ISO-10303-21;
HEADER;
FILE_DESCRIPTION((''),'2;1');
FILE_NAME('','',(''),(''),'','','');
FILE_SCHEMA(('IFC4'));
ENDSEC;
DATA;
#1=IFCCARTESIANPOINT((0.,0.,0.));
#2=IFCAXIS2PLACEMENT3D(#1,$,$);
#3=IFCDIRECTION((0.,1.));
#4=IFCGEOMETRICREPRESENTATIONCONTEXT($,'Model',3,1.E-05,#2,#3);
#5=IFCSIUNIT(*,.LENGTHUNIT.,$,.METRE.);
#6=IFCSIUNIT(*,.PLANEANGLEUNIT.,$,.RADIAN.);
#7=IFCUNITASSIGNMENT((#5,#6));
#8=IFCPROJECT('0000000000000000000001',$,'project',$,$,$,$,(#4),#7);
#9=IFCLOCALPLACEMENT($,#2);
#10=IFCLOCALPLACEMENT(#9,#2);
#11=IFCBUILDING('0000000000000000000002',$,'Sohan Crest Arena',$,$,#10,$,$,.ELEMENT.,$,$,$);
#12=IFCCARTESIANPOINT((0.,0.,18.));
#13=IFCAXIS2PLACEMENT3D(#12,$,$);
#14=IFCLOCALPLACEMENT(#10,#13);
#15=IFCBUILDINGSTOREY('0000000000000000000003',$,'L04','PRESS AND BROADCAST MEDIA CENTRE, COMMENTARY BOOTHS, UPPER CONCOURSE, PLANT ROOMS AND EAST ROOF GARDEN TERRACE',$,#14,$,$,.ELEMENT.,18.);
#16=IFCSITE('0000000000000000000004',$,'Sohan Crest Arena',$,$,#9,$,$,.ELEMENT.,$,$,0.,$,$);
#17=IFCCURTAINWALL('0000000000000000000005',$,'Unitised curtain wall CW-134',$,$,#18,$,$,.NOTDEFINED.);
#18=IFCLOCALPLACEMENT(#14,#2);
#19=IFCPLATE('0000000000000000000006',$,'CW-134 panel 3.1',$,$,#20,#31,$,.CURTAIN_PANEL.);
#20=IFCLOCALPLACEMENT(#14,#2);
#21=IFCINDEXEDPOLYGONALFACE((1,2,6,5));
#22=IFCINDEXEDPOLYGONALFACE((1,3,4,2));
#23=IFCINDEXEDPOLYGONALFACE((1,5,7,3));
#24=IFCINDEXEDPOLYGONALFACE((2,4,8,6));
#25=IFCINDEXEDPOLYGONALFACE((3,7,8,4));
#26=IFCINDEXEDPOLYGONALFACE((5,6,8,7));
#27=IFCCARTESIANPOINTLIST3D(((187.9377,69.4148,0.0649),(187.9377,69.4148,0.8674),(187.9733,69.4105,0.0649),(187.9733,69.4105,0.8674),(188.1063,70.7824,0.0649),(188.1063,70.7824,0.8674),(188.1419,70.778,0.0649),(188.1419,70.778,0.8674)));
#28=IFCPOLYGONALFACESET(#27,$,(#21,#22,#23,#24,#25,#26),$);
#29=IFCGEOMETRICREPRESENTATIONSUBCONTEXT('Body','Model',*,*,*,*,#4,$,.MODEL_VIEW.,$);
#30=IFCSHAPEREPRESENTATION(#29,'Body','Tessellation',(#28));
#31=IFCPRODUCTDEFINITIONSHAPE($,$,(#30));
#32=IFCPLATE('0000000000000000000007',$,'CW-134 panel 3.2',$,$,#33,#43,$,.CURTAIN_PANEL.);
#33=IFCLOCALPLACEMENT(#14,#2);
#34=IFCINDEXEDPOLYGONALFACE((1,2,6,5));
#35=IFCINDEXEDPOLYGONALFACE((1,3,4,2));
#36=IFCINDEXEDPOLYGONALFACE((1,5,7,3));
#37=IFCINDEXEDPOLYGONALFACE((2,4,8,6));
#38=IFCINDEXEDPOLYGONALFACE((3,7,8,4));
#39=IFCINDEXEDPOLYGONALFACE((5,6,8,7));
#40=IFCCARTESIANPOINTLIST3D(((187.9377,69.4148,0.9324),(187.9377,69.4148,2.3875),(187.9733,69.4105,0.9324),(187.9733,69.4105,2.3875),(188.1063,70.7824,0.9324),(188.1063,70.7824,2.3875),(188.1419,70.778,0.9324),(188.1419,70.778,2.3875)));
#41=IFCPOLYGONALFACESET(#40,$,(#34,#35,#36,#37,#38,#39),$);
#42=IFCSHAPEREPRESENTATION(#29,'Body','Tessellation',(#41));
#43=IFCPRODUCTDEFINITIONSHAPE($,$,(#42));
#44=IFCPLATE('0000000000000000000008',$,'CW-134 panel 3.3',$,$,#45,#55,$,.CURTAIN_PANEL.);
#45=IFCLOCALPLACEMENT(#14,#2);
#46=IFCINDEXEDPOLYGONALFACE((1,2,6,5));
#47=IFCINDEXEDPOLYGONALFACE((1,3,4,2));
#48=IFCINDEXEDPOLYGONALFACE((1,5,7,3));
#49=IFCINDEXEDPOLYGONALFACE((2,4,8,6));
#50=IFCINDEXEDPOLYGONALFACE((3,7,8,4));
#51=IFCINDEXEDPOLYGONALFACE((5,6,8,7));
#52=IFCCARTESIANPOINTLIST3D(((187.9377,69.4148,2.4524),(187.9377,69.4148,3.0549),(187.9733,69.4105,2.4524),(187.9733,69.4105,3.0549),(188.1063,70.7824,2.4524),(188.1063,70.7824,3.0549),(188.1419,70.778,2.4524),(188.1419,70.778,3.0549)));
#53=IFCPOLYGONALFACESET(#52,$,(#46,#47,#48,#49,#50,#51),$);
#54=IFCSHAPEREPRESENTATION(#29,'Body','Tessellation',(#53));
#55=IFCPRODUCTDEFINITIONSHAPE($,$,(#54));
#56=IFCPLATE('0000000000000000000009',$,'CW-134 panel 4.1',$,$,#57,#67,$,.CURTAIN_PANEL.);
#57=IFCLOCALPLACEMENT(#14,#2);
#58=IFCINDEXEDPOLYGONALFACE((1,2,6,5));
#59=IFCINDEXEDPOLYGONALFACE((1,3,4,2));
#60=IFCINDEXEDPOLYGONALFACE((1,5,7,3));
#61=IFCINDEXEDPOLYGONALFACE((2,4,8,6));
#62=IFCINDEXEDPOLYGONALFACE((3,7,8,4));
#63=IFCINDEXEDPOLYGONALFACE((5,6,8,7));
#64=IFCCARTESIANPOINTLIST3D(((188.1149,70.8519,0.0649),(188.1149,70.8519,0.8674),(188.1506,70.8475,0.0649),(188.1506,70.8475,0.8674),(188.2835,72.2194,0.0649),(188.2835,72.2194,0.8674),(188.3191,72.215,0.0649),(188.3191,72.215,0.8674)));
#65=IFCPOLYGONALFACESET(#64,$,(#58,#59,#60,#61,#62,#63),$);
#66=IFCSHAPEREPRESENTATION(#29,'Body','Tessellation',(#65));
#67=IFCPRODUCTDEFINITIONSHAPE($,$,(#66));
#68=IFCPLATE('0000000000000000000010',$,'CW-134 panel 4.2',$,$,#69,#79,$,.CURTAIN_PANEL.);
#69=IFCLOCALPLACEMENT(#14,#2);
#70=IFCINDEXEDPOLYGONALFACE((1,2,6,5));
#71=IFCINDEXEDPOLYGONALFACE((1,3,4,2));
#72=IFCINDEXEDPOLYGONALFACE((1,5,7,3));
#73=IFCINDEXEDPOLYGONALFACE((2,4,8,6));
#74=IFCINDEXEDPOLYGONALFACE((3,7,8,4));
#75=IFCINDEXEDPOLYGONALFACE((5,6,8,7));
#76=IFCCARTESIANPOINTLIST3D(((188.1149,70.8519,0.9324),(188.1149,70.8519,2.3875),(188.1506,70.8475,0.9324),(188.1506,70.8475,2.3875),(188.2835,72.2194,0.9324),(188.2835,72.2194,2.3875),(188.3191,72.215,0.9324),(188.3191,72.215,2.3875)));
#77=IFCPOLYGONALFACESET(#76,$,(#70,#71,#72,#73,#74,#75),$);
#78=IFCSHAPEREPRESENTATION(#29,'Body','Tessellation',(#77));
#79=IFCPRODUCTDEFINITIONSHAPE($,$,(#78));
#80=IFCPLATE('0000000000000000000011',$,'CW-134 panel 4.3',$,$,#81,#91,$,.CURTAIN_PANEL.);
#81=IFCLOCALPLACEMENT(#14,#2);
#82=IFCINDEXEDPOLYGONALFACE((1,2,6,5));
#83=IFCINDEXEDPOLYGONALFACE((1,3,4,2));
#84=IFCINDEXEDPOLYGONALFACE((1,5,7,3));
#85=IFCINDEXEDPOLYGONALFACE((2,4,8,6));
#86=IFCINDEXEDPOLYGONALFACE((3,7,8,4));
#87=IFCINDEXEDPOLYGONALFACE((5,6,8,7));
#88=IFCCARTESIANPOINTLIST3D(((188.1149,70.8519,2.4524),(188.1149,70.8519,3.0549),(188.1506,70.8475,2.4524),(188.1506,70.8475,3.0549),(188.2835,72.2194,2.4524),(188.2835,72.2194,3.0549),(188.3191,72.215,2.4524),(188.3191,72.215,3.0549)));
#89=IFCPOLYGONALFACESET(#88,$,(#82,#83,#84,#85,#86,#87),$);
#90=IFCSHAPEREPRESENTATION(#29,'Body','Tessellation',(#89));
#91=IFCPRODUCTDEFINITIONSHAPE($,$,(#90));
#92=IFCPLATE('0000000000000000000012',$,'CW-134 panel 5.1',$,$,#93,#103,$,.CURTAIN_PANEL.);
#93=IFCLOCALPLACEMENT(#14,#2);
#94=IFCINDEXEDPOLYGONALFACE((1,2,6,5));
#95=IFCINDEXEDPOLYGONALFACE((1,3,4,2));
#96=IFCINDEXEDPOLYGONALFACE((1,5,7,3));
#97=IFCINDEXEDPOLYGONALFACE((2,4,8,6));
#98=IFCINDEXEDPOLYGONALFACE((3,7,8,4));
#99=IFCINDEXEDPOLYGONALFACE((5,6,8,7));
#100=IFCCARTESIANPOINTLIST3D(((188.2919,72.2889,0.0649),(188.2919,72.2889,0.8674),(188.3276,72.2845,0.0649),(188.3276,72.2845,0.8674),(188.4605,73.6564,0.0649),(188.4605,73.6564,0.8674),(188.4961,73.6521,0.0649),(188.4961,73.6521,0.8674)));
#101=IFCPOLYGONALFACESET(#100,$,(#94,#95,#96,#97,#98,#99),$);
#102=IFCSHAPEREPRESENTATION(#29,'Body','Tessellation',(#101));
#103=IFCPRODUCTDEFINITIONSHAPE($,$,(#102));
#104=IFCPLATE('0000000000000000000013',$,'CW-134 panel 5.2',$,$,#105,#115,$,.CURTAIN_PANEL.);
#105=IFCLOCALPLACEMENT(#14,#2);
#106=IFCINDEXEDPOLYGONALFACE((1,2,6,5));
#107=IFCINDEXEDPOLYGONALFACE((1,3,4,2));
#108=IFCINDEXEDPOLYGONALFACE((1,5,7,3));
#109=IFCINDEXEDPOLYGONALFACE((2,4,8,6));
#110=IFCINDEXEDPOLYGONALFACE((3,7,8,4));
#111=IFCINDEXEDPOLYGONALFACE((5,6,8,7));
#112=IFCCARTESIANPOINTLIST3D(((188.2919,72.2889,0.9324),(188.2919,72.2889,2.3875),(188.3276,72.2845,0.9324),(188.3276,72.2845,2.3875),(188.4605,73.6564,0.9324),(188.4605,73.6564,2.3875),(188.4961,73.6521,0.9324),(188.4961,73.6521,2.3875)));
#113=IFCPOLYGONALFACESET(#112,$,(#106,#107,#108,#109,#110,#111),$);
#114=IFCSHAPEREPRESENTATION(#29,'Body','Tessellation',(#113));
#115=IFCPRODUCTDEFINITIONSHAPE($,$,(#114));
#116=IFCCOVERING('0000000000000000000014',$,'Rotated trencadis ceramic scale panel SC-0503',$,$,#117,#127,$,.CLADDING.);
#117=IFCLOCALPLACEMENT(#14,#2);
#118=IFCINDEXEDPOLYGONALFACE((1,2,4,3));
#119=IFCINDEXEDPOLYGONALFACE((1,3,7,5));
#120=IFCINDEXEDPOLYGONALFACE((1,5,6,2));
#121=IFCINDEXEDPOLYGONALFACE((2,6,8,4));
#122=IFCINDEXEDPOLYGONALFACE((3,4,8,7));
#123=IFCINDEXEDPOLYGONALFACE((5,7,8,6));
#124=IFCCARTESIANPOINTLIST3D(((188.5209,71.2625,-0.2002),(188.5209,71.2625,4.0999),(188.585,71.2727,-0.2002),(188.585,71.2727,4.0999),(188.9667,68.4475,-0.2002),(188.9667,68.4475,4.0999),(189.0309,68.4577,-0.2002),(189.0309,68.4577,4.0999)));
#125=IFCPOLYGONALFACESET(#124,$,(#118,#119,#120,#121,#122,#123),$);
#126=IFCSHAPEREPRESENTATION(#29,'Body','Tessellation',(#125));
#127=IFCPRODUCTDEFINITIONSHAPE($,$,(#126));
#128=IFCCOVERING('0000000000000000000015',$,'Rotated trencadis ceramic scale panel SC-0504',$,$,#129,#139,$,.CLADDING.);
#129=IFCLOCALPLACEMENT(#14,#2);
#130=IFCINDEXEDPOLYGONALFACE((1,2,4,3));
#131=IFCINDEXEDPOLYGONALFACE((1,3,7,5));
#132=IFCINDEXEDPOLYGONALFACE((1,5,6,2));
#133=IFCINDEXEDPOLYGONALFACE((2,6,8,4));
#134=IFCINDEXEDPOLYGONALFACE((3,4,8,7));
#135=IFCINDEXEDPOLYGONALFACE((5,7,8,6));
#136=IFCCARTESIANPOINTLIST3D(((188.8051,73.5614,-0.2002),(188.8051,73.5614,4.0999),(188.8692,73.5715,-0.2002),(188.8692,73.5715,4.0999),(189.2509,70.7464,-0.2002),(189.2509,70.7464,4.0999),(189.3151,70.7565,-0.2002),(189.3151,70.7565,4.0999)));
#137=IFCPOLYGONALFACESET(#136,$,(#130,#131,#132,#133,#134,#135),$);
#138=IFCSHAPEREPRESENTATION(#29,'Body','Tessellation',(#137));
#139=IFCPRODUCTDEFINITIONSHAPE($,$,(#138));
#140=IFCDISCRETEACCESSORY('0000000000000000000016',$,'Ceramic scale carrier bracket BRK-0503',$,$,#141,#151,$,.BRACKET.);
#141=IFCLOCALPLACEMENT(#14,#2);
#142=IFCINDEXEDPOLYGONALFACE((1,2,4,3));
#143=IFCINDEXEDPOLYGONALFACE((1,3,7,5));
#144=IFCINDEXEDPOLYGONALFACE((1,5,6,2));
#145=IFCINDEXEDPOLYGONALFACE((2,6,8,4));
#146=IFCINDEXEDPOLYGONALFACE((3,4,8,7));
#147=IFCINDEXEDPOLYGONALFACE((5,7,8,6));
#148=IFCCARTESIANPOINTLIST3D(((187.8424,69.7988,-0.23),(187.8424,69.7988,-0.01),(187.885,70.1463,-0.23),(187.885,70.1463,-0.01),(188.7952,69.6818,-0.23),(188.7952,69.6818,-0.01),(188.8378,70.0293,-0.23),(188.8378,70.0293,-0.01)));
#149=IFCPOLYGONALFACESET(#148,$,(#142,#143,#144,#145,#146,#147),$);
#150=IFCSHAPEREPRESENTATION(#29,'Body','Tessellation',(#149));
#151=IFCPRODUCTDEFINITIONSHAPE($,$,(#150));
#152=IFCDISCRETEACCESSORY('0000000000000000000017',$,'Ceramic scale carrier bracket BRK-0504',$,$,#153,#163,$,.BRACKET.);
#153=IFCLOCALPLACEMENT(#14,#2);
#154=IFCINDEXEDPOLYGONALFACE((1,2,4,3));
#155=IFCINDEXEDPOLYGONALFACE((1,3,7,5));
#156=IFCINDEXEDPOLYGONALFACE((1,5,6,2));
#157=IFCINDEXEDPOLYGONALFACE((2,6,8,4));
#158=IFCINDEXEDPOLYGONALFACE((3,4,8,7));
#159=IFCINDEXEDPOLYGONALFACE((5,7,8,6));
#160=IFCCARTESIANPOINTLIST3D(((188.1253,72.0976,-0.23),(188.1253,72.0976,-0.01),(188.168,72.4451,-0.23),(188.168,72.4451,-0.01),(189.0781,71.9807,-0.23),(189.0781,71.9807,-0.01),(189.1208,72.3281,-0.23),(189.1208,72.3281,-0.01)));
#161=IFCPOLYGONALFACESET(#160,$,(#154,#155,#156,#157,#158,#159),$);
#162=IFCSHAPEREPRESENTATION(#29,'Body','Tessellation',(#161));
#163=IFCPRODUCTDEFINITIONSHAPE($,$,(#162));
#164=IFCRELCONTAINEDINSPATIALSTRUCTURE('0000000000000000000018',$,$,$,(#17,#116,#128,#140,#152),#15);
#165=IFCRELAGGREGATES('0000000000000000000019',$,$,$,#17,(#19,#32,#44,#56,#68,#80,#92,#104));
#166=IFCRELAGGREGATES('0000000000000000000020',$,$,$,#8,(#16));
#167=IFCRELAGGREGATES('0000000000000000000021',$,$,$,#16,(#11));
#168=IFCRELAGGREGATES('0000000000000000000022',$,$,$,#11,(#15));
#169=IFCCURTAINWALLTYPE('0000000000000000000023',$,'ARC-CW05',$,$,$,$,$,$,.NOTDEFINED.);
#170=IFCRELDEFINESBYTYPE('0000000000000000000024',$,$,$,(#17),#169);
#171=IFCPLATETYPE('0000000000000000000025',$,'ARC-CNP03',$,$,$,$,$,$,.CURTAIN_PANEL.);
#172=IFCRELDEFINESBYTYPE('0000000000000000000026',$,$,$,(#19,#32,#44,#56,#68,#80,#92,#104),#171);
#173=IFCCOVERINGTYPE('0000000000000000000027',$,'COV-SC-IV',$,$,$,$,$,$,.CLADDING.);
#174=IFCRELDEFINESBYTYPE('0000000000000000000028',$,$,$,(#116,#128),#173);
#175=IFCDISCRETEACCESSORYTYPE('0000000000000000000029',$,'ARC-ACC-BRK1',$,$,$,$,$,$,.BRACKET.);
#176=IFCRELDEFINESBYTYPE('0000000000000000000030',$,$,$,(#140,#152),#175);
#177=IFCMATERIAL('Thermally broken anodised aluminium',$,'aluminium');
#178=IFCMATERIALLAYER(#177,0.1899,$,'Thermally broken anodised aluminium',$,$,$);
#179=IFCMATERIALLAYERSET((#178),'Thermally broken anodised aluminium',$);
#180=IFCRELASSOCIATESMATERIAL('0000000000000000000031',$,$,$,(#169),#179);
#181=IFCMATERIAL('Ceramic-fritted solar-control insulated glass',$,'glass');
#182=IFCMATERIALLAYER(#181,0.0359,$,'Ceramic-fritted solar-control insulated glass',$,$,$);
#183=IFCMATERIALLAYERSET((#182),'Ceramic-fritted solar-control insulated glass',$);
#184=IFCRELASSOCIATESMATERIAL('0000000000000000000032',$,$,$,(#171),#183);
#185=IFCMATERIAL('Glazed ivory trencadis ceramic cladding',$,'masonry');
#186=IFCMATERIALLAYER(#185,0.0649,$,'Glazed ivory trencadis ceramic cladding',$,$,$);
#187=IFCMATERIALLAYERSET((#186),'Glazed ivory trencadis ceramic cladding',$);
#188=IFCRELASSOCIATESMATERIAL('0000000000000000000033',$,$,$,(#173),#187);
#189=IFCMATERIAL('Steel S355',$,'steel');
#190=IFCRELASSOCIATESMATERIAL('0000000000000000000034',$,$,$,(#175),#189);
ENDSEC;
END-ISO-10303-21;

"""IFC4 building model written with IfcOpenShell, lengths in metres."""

from ifc_helpers import new_model, si_unit, direction, frame, origin, origin_2d, place, context, subcontext, project, spatial, rectangle, extrude, material, layer, layer_set, type_object, element, aggregate, save


model = new_model("IFC4")

# Units and contexts
model_context = context("Model", 3, precision=1e-05, world=origin(), true_north=direction((0.0, 1.0)))
body_context = subcontext(model_context, "Body", "Model", "MODEL_VIEW")
ifc_project = project(units=[si_unit("LENGTHUNIT", "METRE"), si_unit("PLANEANGLEUNIT", "RADIAN")], contexts=[model_context])

# Site, building, storey
site_placement = place(None, origin())
site = spatial("IfcSite", under=ifc_project, at=site_placement, Name="Sohan Crest Arena", CompositionType="ELEMENT", RefElevation=0.0)
building_placement = place(site_placement, origin())
building = spatial("IfcBuilding", under=site, at=building_placement, Name="Sohan Crest Arena", CompositionType="ELEMENT")
storey_placement = place(building_placement, frame((0.0, 0.0, 18.0)))
storey = spatial("IfcBuildingStorey", under=building, at=storey_placement, Name="L04", Description="PRESS AND BROADCAST MEDIA CENTRE, COMMENTARY BOOTHS, UPPER CONCOURSE, PLANT ROOMS AND EAST ROOF GARDEN TERRACE", CompositionType="ELEMENT", Elevation=18.0)

# Curtain wall, plates
ifc_material_1 = material(Name="Thermally broken anodised aluminium", Category="aluminium")
ifc_layer_1 = layer(ifc_material_1, 0.1899, Name="Thermally broken anodised aluminium")
ifc_layer_set_1 = layer_set([ifc_layer_1], Name="Thermally broken anodised aluminium")
curtain_wall_type = type_object("IfcCurtainWallType", Name="ARC-CW05", PredefinedType="NOTDEFINED", material=ifc_layer_set_1)
curtain_wall_placement = place(storey_placement, origin())
curtain_wall = element("IfcCurtainWall", 1, at=curtain_wall_placement, inside=storey, type_object=curtain_wall_type, Name="Unitised curtain wall CW-134", PredefinedType="NOTDEFINED")
ifc_material_2 = material(Name="Ceramic-fritted solar-control insulated glass", Category="glass")
ifc_layer_2 = layer(ifc_material_2, 0.0359, Name="Ceramic-fritted solar-control insulated glass")
ifc_layer_set_2 = layer_set([ifc_layer_2], Name="Ceramic-fritted solar-control insulated glass")
plate_type = type_object("IfcPlateType", Name="ARC-CNP03", PredefinedType="CURTAIN_PANEL", material=ifc_layer_set_2)
plate_1_placement = place(storey_placement, frame((188.0398, 70.0964, 0.0649), z_axis=(0.0, 0.0, 1.0), x_axis=(0.122334, 0.992489, 0.0)))
plate_1 = element("IfcPlate", 2, at=plate_1_placement, type_object=plate_type, Name="CW-134 panel 3.1", PredefinedType="CURTAIN_PANEL", context=body_context, shape_type="SweptSolid", body=[
    extrude(rectangle(XDim=1.3779, YDim=0.0359, at=origin_2d()), origin(), (0.0, 0.0, 1.0), 0.8025),
])
plate_2_placement = place(storey_placement, frame((188.0398, 70.0964, 0.9324), z_axis=(0.0, 0.0, 1.0), x_axis=(0.122334, 0.992489, 0.0)))
plate_2 = element("IfcPlate", 3, at=plate_2_placement, type_object=plate_type, Name="CW-134 panel 3.2", PredefinedType="CURTAIN_PANEL", context=body_context, shape_type="SweptSolid", body=[
    extrude(rectangle(XDim=1.3779, YDim=0.0359, at=origin_2d()), origin(), (0.0, 0.0, 1.0), 1.4551),
])
plate_3_placement = place(storey_placement, frame((188.0398, 70.0964, 2.4524), z_axis=(0.0, 0.0, 1.0), x_axis=(0.122334, 0.992489, 0.0)))
plate_3 = element("IfcPlate", 4, at=plate_3_placement, type_object=plate_type, Name="CW-134 panel 3.3", PredefinedType="CURTAIN_PANEL", context=body_context, shape_type="SweptSolid", body=[
    extrude(rectangle(XDim=1.3779, YDim=0.0359, at=origin_2d()), origin(), (0.0, 0.0, 1.0), 0.6025),
])
plate_4_placement = place(storey_placement, frame((188.217, 71.5334, 0.0649), z_axis=(0.0, 0.0, 1.0), x_axis=(0.122334, 0.992489, 0.0)))
plate_4 = element("IfcPlate", 5, at=plate_4_placement, type_object=plate_type, Name="CW-134 panel 4.1", PredefinedType="CURTAIN_PANEL", context=body_context, shape_type="SweptSolid", body=[
    extrude(rectangle(XDim=1.3779, YDim=0.0359, at=origin_2d()), origin(), (0.0, 0.0, 1.0), 0.8025),
])
plate_5_placement = place(storey_placement, frame((188.217, 71.5334, 0.9324), z_axis=(0.0, 0.0, 1.0), x_axis=(0.122334, 0.992489, 0.0)))
plate_5 = element("IfcPlate", 6, at=plate_5_placement, type_object=plate_type, Name="CW-134 panel 4.2", PredefinedType="CURTAIN_PANEL", context=body_context, shape_type="SweptSolid", body=[
    extrude(rectangle(XDim=1.3779, YDim=0.0359, at=origin_2d()), origin(), (0.0, 0.0, 1.0), 1.4551),
])
plate_6_placement = place(storey_placement, frame((188.217, 71.5334, 2.4524), z_axis=(0.0, 0.0, 1.0), x_axis=(0.122334, 0.992489, 0.0)))
plate_6 = element("IfcPlate", 7, at=plate_6_placement, type_object=plate_type, Name="CW-134 panel 4.3", PredefinedType="CURTAIN_PANEL", context=body_context, shape_type="SweptSolid", body=[
    extrude(rectangle(XDim=1.3779, YDim=0.0359, at=origin_2d()), origin(), (0.0, 0.0, 1.0), 0.6025),
])
plate_7_placement = place(storey_placement, frame((188.394, 72.9705, 0.0649), z_axis=(0.0, 0.0, 1.0), x_axis=(0.122334, 0.992489, 0.0)))
plate_7 = element("IfcPlate", 8, at=plate_7_placement, type_object=plate_type, Name="CW-134 panel 5.1", PredefinedType="CURTAIN_PANEL", context=body_context, shape_type="SweptSolid", body=[
    extrude(rectangle(XDim=1.3779, YDim=0.0359, at=origin_2d()), origin(), (0.0, 0.0, 1.0), 0.8025),
])
plate_8_placement = place(storey_placement, frame((188.394, 72.9705, 0.9324), z_axis=(0.0, 0.0, 1.0), x_axis=(0.122334, 0.992489, 0.0)))
plate_8 = element("IfcPlate", 9, at=plate_8_placement, type_object=plate_type, Name="CW-134 panel 5.2", PredefinedType="CURTAIN_PANEL", context=body_context, shape_type="SweptSolid", body=[
    extrude(rectangle(XDim=1.3779, YDim=0.0359, at=origin_2d()), origin(), (0.0, 0.0, 1.0), 1.4551),
])
aggregate(curtain_wall, [plate_1, plate_2, plate_3, plate_4, plate_5, plate_6, plate_7, plate_8])

# Coverings
ifc_material_3 = material(Name="Glazed ivory trencadis ceramic cladding", Category="masonry")
ifc_layer_3 = layer(ifc_material_3, 0.0649, Name="Glazed ivory trencadis ceramic cladding")
ifc_layer_set_3 = layer_set([ifc_layer_3], Name="Glazed ivory trencadis ceramic cladding")
covering_type = type_object("IfcCoveringType", Name="COV-SC-IV", PredefinedType="CLADDING", material=ifc_layer_set_3)
for number, where, z_axis, x_axis, name in (
    (10, (188.7759, 69.8601, -0.2002), (0.0, 0.0, 1.0), (-0.156434, 0.987688, 0.0), "Rotated trencadis ceramic scale panel SC-0503"),
    (11, (189.0601, 72.1589, -0.2002), (0.0, 0.0, 1.0), (-0.156434, 0.987688, 0.0), "Rotated trencadis ceramic scale panel SC-0504"),
):
    element("IfcCovering", number, at=place(storey_placement, frame(where, z_axis=z_axis, x_axis=x_axis)), inside=storey, type_object=covering_type, Name=name, PredefinedType="CLADDING", context=body_context, shape_type="SweptSolid", body=[
        extrude(rectangle(XDim=2.8501, YDim=0.0649, at=origin_2d()), origin(), (0.0, 0.0, 1.0), 4.3),
    ])

# Discrete accessories
ifc_material_4 = material(Name="Steel S355", Category="steel")
discrete_accessory_type = type_object("IfcDiscreteAccessoryType", Name="ARC-ACC-BRK1", PredefinedType="BRACKET", material=ifc_material_4)
for number, where, z_axis, x_axis, name in (
    (12, (188.3401, 69.9141, -0.23), (0.0, 0.0, 1.0), (0.121869, 0.992546, 0.0), "Ceramic scale carrier bracket BRK-0503"),
    (13, (188.623, 72.2129, -0.23), (0.0, 0.0, 1.0), (0.121869, 0.992546, 0.0), "Ceramic scale carrier bracket BRK-0504"),
):
    element("IfcDiscreteAccessory", number, at=place(storey_placement, frame(where, z_axis=z_axis, x_axis=x_axis)), inside=storey, type_object=discrete_accessory_type, Name=name, PredefinedType="BRACKET", context=body_context, shape_type="SweptSolid", body=[
        extrude(rectangle(XDim=0.3501, YDim=0.96, at=origin_2d()), origin(), (0.0, 0.0, 1.0), 0.22),
    ])

save(model, "model.ifc")
